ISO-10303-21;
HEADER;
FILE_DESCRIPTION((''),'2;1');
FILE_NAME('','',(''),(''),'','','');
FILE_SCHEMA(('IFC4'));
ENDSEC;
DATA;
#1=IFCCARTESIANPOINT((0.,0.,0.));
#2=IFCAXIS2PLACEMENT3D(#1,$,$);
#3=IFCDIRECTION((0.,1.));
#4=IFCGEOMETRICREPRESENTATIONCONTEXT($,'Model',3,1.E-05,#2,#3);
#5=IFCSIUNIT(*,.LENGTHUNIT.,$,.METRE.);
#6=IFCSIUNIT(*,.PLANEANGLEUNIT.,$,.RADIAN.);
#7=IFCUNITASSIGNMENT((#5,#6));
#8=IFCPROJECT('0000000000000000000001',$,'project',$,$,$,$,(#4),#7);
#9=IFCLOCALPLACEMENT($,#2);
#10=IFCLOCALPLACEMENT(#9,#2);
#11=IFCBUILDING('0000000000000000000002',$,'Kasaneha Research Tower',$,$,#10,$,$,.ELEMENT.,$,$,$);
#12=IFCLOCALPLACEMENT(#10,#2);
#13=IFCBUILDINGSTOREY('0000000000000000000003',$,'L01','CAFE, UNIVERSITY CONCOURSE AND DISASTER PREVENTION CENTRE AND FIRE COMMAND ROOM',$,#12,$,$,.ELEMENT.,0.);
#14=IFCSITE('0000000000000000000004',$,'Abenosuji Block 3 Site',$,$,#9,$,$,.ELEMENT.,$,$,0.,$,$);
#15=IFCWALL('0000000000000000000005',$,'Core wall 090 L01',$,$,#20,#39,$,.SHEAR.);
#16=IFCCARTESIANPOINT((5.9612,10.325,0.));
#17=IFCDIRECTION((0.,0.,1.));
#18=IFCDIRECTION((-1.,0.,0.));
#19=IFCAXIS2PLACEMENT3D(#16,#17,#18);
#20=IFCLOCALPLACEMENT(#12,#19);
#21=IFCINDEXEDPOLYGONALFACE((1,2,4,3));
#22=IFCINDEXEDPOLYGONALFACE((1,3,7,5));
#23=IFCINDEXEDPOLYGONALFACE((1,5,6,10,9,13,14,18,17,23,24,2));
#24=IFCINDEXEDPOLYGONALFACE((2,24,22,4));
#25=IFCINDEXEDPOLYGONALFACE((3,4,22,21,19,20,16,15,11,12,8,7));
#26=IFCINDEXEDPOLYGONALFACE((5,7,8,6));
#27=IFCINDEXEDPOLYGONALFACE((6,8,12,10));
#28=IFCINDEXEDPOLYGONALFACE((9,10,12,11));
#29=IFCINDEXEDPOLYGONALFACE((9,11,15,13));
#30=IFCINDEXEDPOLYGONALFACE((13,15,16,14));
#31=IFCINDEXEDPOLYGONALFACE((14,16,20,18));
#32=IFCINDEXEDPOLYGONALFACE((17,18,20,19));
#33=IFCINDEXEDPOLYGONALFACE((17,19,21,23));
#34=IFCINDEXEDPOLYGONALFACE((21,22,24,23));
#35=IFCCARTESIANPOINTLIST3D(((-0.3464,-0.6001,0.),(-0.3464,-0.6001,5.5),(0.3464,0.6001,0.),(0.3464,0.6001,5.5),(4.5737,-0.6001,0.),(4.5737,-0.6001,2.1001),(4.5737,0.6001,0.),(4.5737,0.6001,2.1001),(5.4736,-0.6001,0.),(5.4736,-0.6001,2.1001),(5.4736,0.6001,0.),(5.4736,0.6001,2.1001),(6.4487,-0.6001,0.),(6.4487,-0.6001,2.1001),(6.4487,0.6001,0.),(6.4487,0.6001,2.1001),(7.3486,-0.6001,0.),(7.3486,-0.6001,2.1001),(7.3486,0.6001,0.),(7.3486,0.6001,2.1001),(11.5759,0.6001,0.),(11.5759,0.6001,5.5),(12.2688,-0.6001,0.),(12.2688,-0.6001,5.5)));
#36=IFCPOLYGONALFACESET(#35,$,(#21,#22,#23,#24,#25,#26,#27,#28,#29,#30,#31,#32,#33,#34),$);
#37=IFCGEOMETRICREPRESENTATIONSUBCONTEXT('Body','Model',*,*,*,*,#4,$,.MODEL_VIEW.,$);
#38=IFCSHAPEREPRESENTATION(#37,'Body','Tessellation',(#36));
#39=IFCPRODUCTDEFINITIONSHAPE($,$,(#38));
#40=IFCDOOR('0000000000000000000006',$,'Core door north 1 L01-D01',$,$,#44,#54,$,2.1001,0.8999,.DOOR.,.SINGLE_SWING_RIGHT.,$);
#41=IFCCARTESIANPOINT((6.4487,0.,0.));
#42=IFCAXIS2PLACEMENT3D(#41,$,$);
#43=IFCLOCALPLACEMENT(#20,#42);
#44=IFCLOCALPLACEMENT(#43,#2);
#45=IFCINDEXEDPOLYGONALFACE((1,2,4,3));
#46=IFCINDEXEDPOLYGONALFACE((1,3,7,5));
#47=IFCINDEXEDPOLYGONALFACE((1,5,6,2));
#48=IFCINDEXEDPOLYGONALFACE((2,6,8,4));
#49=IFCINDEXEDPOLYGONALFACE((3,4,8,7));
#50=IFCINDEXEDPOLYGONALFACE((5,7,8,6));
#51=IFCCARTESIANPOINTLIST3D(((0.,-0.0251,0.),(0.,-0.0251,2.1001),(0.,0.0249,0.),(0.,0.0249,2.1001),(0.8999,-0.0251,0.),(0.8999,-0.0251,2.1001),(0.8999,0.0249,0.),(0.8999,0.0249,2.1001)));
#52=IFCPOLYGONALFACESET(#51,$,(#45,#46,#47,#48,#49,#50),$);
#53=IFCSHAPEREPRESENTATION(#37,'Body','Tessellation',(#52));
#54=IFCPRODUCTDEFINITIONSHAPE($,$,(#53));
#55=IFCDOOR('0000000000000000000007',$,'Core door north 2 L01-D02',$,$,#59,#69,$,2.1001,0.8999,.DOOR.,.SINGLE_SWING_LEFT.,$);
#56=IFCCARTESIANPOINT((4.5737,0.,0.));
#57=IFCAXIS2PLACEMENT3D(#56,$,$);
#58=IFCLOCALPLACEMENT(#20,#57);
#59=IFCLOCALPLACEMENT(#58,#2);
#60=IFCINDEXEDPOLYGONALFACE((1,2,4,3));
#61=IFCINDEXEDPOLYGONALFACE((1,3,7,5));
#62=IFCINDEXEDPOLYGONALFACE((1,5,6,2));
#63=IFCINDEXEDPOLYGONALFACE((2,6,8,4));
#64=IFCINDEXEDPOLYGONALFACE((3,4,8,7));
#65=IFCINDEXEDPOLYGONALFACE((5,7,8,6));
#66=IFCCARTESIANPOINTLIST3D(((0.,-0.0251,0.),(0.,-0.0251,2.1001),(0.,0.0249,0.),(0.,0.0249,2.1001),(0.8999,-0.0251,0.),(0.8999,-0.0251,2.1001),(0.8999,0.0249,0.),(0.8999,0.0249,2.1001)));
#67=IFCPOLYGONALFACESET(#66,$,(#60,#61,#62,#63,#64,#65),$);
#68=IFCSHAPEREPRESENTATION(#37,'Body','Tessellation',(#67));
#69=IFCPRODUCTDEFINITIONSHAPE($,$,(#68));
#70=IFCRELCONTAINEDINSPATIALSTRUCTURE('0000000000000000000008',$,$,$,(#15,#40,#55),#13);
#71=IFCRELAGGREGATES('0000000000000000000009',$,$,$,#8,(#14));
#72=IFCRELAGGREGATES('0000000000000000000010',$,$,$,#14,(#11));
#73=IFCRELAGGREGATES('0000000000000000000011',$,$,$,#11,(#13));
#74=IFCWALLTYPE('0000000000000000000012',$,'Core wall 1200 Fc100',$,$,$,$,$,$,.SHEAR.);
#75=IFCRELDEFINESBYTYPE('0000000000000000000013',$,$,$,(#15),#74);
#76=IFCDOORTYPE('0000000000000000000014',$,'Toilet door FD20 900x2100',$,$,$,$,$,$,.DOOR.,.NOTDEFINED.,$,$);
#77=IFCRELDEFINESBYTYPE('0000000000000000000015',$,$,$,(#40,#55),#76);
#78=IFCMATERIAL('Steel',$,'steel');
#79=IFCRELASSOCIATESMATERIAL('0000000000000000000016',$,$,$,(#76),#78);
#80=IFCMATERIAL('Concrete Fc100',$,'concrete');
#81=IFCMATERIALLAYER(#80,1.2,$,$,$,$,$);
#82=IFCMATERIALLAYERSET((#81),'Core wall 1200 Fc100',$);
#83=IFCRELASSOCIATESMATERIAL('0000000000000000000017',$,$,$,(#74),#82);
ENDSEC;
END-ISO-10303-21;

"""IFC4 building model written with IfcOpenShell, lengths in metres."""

from ifc_helpers import new_model, si_unit, direction, frame, frame_2d, origin, place, context, subcontext, project, spatial, polyline, rectangle, outline, extrude, material, layer, layer_set, type_object, element, fill, save


model = new_model("IFC4")

# Units and contexts
model_context = context("Model", 3, precision=1e-05, world=origin(), true_north=direction((0.0, 1.0)))
body_context = subcontext(model_context, "Body", "Model", "MODEL_VIEW")
ifc_project = project(units=[si_unit("LENGTHUNIT", "METRE"), si_unit("PLANEANGLEUNIT", "RADIAN")], contexts=[model_context])

# Site, building, storey
site_placement = place(None, origin())
site = spatial("IfcSite", under=ifc_project, at=site_placement, Name="Abenosuji Block 3 Site", CompositionType="ELEMENT", RefElevation=0.0)
building_placement = place(site_placement, origin())
building = spatial("IfcBuilding", under=site, at=building_placement, Name="Kasaneha Research Tower", CompositionType="ELEMENT")
storey_placement = place(building_placement, origin())
storey = spatial("IfcBuildingStorey", under=building, at=storey_placement, Name="L01", Description="CAFE, UNIVERSITY CONCOURSE AND DISASTER PREVENTION CENTRE AND FIRE COMMAND ROOM", CompositionType="ELEMENT", Elevation=0.0)

# Shared definitions
ifc_material_1 = material(Name="Steel", Category="steel")
door_type_1 = type_object("IfcDoorType", Name="Toilet door FD20 900x2100", OperationType="NOTDEFINED", PredefinedType="DOOR", material=ifc_material_1)

# Wall, openings, doors
ifc_material_2 = material(Name="Concrete Fc100", Category="concrete")
ifc_layer_1 = layer(ifc_material_2, 1.2)
ifc_layer_set_1 = layer_set([ifc_layer_1], Name="Core wall 1200 Fc100")
wall_type_1 = type_object("IfcWallType", Name="Core wall 1200 Fc100", PredefinedType="SHEAR", material=ifc_layer_set_1)
wall_1_placement = place(storey_placement, frame((5.9612, 10.325, 0.0), z_axis=(0.0, 0.0, 1.0), x_axis=(-1.0, 0.0, 0.0)))
wall_1 = element("IfcWall", 1, at=wall_1_placement, inside=storey, type_object=wall_type_1, Name="Core wall 090 L01", PredefinedType="SHEAR", context=body_context, shape_type="SweptSolid", body=[
    extrude(outline(polyline([(-0.3464, -0.6001), (4.5737, -0.6001), (5.4736, -0.6001), (6.4487, -0.6001), (7.3486, -0.6001), (12.2688, -0.6001), (11.5759, 0.6001), (7.3486, 0.6001), (6.4487, 0.6001), (5.4736, 0.6001), (4.5737, 0.6001), (0.3464, 0.6001), (-0.3464, -0.6001)])), origin(), (0.0, 0.0, 1.0), 5.5),
])
opening_1_placement = place(wall_1_placement, frame((6.4487, 0.0, 0.0)))
opening_1 = element("IfcOpeningElement", 2, at=opening_1_placement, cuts=wall_1, PredefinedType="OPENING", context=body_context, shape_type="SweptSolid", body=[
    extrude(rectangle(XDim=0.8999, YDim=2.1001, at=frame_2d((0.45, 1.05))), frame((0.0, 0.6099, 0.0), z_axis=(0.0, -1.0, 0.0), x_axis=(1.0, 0.0, 0.0)), (0.0, 0.0, 1.0), 1.22),
])
opening_2_placement = place(wall_1_placement, frame((4.5737, 0.0, 0.0)))
opening_2 = element("IfcOpeningElement", 3, at=opening_2_placement, cuts=wall_1, PredefinedType="OPENING", context=body_context, shape_type="SweptSolid", body=[
    extrude(rectangle(XDim=0.8999, YDim=2.1001, at=frame_2d((0.45, 1.05))), frame((0.0, 0.6099, 0.0), z_axis=(0.0, -1.0, 0.0), x_axis=(1.0, 0.0, 0.0)), (0.0, 0.0, 1.0), 1.22),
])
door_1_placement = place(opening_1_placement, origin())
door_1 = element("IfcDoor", 4, at=door_1_placement, inside=storey, type_object=door_type_1, Name="Core door north 1 L01-D01", OperationType="SINGLE_SWING_RIGHT", OverallHeight=2.1001, OverallWidth=0.8999, PredefinedType="DOOR", context=body_context, shape_type="SweptSolid", body=[
    extrude(rectangle(XDim=0.8999, YDim=2.1001, at=frame_2d((0.45, 1.05))), frame((0.0, 0.0249, 0.0), z_axis=(0.0, -1.0, 0.0), x_axis=(1.0, 0.0, 0.0)), (0.0, 0.0, 1.0), 0.05),
])
fill(opening_1, door_1)
door_2_placement = place(opening_2_placement, origin())
door_2 = element("IfcDoor", 5, at=door_2_placement, inside=storey, type_object=door_type_1, Name="Core door north 2 L01-D02", OperationType="SINGLE_SWING_LEFT", OverallHeight=2.1001, OverallWidth=0.8999, PredefinedType="DOOR", context=body_context, shape_type="SweptSolid", body=[
    extrude(rectangle(XDim=0.8999, YDim=2.1001, at=frame_2d((0.45, 1.05))), frame((0.0, 0.0249, 0.0), z_axis=(0.0, -1.0, 0.0), x_axis=(1.0, 0.0, 0.0)), (0.0, 0.0, 1.0), 0.05),
])
fill(opening_2, door_2)

save(model, "model.ifc")
